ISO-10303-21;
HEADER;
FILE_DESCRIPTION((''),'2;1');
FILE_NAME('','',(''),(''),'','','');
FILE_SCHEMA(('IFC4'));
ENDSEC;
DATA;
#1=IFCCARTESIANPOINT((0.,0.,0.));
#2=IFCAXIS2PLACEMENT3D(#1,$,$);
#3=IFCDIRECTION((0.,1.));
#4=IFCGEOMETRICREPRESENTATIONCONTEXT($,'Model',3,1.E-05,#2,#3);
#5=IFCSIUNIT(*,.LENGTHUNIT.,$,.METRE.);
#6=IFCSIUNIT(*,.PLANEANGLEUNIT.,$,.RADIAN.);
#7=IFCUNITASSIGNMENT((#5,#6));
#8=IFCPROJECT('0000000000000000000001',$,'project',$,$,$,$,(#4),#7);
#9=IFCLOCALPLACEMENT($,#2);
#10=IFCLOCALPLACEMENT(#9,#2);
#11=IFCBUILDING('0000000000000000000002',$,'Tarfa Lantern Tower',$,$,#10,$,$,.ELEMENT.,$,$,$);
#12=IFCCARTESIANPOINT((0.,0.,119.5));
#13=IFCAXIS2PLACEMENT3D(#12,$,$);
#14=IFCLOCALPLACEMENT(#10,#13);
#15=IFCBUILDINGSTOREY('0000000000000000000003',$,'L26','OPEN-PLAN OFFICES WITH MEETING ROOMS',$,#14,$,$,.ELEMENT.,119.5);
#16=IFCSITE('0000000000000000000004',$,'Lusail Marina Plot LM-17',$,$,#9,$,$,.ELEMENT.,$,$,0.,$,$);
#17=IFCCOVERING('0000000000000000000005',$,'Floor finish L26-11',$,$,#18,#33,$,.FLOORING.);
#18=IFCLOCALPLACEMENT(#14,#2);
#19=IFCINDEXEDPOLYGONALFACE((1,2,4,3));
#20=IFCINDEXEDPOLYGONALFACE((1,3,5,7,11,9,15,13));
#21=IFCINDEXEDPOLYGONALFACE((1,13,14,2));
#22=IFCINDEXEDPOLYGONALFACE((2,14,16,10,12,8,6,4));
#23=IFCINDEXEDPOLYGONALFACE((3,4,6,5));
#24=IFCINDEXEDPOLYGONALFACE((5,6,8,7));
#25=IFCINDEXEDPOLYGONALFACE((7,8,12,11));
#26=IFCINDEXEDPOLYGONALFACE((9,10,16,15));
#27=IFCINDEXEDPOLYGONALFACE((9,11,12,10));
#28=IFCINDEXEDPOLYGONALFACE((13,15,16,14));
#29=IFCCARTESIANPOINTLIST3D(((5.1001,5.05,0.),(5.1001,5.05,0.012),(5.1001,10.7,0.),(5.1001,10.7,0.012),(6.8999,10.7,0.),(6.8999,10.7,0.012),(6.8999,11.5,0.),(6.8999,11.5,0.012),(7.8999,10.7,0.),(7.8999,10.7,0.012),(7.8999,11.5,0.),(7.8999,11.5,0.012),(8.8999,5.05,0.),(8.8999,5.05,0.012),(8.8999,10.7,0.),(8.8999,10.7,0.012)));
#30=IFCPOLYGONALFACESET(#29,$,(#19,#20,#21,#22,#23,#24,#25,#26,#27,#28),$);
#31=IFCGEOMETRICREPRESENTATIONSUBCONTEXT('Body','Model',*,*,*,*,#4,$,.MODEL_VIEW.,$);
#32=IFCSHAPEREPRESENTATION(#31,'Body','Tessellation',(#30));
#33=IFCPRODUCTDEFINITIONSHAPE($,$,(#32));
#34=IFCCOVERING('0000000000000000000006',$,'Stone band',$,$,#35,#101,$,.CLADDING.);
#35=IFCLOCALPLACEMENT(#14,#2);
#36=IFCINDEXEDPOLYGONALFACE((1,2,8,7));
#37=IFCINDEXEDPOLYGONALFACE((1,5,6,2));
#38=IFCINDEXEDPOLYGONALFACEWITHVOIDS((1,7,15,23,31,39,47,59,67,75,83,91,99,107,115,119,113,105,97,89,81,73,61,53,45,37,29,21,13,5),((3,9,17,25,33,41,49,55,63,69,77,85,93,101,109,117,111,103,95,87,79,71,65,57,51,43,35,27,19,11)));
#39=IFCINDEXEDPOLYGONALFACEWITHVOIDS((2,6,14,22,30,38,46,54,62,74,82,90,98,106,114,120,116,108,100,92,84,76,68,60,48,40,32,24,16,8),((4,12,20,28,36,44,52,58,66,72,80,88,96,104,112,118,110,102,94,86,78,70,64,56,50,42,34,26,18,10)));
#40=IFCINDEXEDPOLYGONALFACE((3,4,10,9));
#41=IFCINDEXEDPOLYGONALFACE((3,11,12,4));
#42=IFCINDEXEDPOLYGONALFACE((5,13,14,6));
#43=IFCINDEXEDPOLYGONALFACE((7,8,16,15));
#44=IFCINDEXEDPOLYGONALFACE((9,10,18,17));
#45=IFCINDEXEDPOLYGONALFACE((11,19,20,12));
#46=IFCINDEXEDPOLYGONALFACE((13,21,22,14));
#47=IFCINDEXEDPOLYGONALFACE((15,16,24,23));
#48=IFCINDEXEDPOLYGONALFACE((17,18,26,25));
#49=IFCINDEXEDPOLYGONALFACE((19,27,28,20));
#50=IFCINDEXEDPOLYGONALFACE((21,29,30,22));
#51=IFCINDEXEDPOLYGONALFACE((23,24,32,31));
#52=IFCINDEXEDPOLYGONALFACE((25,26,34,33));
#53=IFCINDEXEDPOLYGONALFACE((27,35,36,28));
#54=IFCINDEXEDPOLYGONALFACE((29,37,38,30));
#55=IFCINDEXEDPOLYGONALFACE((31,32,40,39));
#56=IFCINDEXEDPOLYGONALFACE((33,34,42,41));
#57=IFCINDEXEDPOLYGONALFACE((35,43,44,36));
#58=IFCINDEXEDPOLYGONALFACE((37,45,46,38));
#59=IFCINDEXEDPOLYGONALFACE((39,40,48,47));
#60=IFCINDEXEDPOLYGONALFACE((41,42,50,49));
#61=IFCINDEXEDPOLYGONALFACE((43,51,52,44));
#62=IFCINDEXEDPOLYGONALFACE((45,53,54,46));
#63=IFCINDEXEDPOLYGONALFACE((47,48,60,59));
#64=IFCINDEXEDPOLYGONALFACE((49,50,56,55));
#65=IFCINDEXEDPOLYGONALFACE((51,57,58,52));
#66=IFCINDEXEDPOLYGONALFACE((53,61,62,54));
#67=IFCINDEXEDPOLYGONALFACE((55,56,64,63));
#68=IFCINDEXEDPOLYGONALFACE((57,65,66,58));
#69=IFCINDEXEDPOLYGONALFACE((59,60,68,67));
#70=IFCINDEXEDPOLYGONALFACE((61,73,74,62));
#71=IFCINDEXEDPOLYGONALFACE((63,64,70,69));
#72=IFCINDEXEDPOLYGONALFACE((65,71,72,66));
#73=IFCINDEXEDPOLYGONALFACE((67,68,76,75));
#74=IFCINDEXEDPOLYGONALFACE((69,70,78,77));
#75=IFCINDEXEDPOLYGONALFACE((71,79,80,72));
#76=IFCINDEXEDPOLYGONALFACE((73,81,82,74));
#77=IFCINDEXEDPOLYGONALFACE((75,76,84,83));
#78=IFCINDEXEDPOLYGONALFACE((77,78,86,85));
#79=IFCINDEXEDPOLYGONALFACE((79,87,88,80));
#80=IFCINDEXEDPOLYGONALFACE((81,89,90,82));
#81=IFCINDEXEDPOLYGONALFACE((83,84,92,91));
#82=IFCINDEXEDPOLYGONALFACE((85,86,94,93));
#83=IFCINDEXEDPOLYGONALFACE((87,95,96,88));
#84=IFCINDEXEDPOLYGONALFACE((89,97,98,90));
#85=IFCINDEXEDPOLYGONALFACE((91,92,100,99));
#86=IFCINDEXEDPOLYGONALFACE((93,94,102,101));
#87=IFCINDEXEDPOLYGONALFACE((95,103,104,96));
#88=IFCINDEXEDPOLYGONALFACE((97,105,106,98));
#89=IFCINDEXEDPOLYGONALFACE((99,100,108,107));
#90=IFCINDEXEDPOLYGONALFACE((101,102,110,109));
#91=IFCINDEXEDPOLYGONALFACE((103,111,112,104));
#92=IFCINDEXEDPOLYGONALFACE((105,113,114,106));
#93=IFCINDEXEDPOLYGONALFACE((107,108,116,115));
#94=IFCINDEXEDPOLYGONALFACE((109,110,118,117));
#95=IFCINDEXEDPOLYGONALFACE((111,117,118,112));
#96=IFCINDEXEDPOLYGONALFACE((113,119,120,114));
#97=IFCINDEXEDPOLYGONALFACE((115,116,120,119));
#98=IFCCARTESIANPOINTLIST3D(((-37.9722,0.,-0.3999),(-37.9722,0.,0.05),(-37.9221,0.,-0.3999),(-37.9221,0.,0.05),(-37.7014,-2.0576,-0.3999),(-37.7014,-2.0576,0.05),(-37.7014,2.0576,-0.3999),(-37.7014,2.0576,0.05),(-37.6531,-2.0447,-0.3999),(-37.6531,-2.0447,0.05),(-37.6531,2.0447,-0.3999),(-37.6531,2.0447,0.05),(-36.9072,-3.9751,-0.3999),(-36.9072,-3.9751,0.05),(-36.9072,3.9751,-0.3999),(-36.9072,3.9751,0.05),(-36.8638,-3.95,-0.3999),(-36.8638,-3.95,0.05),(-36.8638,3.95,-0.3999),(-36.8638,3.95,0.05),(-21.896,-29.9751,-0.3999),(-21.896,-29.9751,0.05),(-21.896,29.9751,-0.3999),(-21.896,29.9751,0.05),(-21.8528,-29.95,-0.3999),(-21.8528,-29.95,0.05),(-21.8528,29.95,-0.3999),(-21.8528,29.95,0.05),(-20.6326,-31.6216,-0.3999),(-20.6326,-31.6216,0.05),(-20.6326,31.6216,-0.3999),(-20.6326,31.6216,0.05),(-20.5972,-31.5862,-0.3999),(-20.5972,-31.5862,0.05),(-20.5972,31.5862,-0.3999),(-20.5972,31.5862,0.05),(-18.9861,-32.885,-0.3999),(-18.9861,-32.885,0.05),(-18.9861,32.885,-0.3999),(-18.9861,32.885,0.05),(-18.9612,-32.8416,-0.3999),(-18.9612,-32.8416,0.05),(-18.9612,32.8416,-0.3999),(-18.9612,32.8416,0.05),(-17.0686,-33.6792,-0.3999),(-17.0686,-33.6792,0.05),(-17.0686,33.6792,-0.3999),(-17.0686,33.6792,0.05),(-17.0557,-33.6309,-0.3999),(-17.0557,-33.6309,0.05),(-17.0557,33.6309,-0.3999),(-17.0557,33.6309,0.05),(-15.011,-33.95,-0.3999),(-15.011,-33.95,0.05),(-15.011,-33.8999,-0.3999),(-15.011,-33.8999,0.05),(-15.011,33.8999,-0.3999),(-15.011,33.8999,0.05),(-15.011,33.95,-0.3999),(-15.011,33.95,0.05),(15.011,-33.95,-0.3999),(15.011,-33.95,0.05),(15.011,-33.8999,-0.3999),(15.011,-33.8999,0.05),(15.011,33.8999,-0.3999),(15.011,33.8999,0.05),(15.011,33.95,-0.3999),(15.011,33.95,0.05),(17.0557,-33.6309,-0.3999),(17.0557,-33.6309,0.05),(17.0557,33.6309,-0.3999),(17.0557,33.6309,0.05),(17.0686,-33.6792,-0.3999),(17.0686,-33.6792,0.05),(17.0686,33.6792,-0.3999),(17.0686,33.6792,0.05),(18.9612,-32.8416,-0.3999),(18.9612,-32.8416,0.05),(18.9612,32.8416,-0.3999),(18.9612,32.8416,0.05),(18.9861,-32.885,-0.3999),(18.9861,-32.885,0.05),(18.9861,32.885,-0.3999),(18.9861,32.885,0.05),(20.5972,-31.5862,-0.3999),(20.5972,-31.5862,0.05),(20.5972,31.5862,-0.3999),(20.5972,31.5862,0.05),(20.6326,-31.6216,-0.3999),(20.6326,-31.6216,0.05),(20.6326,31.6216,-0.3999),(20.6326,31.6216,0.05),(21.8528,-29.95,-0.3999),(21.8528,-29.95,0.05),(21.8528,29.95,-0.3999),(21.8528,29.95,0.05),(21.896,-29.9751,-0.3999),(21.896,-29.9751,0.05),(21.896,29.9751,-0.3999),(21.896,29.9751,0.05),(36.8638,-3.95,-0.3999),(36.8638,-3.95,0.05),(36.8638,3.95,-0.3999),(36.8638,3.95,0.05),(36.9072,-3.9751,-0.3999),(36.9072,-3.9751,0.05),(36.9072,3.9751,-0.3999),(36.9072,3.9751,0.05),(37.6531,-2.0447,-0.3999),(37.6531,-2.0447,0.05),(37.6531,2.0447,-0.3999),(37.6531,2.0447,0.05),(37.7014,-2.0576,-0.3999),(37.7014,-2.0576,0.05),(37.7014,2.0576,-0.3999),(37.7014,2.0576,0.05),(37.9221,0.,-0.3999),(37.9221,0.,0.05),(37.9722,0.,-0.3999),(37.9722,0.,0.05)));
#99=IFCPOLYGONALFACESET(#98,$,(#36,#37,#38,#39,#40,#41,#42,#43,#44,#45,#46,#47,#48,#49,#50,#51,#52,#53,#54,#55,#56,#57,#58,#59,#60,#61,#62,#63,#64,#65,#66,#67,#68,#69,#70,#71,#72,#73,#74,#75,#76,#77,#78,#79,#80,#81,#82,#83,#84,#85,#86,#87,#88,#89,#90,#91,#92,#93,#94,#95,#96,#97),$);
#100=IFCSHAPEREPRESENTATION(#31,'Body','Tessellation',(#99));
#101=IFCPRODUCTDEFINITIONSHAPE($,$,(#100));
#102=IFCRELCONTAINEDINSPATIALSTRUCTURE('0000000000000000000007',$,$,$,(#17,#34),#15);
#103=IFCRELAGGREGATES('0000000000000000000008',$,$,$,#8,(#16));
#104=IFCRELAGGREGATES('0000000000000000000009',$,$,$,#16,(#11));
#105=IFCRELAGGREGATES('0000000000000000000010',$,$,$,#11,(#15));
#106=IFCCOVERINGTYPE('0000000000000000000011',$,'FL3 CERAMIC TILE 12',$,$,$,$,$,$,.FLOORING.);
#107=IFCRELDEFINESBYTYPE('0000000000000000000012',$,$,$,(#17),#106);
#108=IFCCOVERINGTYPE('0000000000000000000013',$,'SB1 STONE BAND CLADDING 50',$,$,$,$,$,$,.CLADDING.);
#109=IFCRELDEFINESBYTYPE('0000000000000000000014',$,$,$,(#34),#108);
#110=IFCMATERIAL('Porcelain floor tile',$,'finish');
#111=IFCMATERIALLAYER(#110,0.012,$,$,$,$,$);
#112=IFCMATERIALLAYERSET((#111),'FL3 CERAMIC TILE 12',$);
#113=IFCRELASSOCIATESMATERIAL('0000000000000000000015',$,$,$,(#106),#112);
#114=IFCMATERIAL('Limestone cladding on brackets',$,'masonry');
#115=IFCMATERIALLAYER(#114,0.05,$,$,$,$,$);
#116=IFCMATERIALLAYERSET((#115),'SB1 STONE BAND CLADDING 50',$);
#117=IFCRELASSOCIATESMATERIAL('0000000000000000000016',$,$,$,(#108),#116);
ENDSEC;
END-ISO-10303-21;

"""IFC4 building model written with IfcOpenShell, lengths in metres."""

from ifc_helpers import new_model, si_unit, direction, frame, origin, place, context, subcontext, project, spatial, polyline, outline, extrude, material, layer, layer_set, type_object, element, save


model = new_model("IFC4")

# Units and contexts
model_context = context("Model", 3, precision=1e-05, world=origin(), true_north=direction((0.0, 1.0)))
body_context = subcontext(model_context, "Body", "Model", "MODEL_VIEW")
ifc_project = project(units=[si_unit("LENGTHUNIT", "METRE"), si_unit("PLANEANGLEUNIT", "RADIAN")], contexts=[model_context])

# Site, building, storey
site_placement = place(None, origin())
site = spatial("IfcSite", under=ifc_project, at=site_placement, Name="Lusail Marina Plot LM-17", CompositionType="ELEMENT", RefElevation=0.0)
building_placement = place(site_placement, origin())
building = spatial("IfcBuilding", under=site, at=building_placement, Name="Tarfa Lantern Tower", CompositionType="ELEMENT")
storey_placement = place(building_placement, frame((0.0, 0.0, 119.5)))
storey = spatial("IfcBuildingStorey", under=building, at=storey_placement, Name="L26", Description="OPEN-PLAN OFFICES WITH MEETING ROOMS", CompositionType="ELEMENT", Elevation=119.5)

# Coverings
ifc_material_1 = material(Name="Porcelain floor tile", Category="finish")
ifc_layer_1 = layer(ifc_material_1, 0.012)
ifc_layer_set_1 = layer_set([ifc_layer_1], Name="FL3 CERAMIC TILE 12")
covering_type_1 = type_object("IfcCoveringType", Name="FL3 CERAMIC TILE 12", PredefinedType="FLOORING", material=ifc_layer_set_1)
covering_1_placement = place(storey_placement, origin())
element("IfcCovering", 1, at=covering_1_placement, inside=storey, type_object=covering_type_1, Name="Floor finish L26-11", PredefinedType="FLOORING", context=body_context, shape_type="SweptSolid", body=[
    extrude(outline(polyline([(5.1001, 5.05), (8.8999, 5.05), (8.8999, 10.7), (7.8999, 10.7), (7.8999, 11.5), (6.8999, 11.5), (6.8999, 10.7), (5.1001, 10.7), (5.1001, 5.05)])), origin(), (0.0, 0.0, 1.0), 0.012),
])
ifc_material_2 = material(Name="Limestone cladding on brackets", Category="masonry")
ifc_layer_2 = layer(ifc_material_2, 0.05)
ifc_layer_set_2 = layer_set([ifc_layer_2], Name="SB1 STONE BAND CLADDING 50")
covering_type_2 = type_object("IfcCoveringType", Name="SB1 STONE BAND CLADDING 50", PredefinedType="CLADDING", material=ifc_layer_set_2)
covering_2_placement = place(storey_placement, frame((0.0, 0.0, -0.3999)))
element("IfcCovering", 2, at=covering_2_placement, inside=storey, type_object=covering_type_2, Name="Stone band", PredefinedType="CLADDING", context=body_context, shape_type="SweptSolid", body=[
    extrude(outline(polyline([(36.9072, 3.9751), (21.896, 29.9751), (20.6326, 31.6216), (18.9861, 32.885), (17.0686, 33.6792), (15.011, 33.95), (-15.011, 33.95), (-17.0686, 33.6792), (-18.9861, 32.885), (-20.6326, 31.6216), (-21.896, 29.9751), (-36.9072, 3.9751), (-37.7014, 2.0576), (-37.9722, 0.0), (-37.7014, -2.0576), (-36.9072, -3.9751), (-21.896, -29.9751), (-20.6326, -31.6216), (-18.9861, -32.885), (-17.0686, -33.6792), (-15.011, -33.95), (15.011, -33.95), (17.0686, -33.6792), (18.9861, -32.885), (20.6326, -31.6216), (21.896, -29.9751), (36.9072, -3.9751), (37.7014, -2.0576), (37.9722, 0.0), (37.7014, 2.0576), (36.9072, 3.9751)]), holes=[polyline([(36.8638, 3.95), (21.8528, 29.95), (20.5972, 31.5862), (18.9612, 32.8416), (17.0557, 33.6309), (15.011, 33.8999), (-15.011, 33.8999), (-17.0557, 33.6309), (-18.9612, 32.8416), (-20.5972, 31.5862), (-21.8528, 29.95), (-36.8638, 3.95), (-37.6531, 2.0447), (-37.9221, 0.0), (-37.6531, -2.0447), (-36.8638, -3.95), (-21.8528, -29.95), (-20.5972, -31.5862), (-18.9612, -32.8416), (-17.0557, -33.6309), (-15.011, -33.8999), (15.011, -33.8999), (17.0557, -33.6309), (18.9612, -32.8416), (20.5972, -31.5862), (21.8528, -29.95), (36.8638, -3.95), (37.6531, -2.0447), (37.9221, 0.0), (37.6531, 2.0447), (36.8638, 3.95)])]), origin(), (0.0, 0.0, 1.0), 0.45),
])

save(model, "model.ifc")
